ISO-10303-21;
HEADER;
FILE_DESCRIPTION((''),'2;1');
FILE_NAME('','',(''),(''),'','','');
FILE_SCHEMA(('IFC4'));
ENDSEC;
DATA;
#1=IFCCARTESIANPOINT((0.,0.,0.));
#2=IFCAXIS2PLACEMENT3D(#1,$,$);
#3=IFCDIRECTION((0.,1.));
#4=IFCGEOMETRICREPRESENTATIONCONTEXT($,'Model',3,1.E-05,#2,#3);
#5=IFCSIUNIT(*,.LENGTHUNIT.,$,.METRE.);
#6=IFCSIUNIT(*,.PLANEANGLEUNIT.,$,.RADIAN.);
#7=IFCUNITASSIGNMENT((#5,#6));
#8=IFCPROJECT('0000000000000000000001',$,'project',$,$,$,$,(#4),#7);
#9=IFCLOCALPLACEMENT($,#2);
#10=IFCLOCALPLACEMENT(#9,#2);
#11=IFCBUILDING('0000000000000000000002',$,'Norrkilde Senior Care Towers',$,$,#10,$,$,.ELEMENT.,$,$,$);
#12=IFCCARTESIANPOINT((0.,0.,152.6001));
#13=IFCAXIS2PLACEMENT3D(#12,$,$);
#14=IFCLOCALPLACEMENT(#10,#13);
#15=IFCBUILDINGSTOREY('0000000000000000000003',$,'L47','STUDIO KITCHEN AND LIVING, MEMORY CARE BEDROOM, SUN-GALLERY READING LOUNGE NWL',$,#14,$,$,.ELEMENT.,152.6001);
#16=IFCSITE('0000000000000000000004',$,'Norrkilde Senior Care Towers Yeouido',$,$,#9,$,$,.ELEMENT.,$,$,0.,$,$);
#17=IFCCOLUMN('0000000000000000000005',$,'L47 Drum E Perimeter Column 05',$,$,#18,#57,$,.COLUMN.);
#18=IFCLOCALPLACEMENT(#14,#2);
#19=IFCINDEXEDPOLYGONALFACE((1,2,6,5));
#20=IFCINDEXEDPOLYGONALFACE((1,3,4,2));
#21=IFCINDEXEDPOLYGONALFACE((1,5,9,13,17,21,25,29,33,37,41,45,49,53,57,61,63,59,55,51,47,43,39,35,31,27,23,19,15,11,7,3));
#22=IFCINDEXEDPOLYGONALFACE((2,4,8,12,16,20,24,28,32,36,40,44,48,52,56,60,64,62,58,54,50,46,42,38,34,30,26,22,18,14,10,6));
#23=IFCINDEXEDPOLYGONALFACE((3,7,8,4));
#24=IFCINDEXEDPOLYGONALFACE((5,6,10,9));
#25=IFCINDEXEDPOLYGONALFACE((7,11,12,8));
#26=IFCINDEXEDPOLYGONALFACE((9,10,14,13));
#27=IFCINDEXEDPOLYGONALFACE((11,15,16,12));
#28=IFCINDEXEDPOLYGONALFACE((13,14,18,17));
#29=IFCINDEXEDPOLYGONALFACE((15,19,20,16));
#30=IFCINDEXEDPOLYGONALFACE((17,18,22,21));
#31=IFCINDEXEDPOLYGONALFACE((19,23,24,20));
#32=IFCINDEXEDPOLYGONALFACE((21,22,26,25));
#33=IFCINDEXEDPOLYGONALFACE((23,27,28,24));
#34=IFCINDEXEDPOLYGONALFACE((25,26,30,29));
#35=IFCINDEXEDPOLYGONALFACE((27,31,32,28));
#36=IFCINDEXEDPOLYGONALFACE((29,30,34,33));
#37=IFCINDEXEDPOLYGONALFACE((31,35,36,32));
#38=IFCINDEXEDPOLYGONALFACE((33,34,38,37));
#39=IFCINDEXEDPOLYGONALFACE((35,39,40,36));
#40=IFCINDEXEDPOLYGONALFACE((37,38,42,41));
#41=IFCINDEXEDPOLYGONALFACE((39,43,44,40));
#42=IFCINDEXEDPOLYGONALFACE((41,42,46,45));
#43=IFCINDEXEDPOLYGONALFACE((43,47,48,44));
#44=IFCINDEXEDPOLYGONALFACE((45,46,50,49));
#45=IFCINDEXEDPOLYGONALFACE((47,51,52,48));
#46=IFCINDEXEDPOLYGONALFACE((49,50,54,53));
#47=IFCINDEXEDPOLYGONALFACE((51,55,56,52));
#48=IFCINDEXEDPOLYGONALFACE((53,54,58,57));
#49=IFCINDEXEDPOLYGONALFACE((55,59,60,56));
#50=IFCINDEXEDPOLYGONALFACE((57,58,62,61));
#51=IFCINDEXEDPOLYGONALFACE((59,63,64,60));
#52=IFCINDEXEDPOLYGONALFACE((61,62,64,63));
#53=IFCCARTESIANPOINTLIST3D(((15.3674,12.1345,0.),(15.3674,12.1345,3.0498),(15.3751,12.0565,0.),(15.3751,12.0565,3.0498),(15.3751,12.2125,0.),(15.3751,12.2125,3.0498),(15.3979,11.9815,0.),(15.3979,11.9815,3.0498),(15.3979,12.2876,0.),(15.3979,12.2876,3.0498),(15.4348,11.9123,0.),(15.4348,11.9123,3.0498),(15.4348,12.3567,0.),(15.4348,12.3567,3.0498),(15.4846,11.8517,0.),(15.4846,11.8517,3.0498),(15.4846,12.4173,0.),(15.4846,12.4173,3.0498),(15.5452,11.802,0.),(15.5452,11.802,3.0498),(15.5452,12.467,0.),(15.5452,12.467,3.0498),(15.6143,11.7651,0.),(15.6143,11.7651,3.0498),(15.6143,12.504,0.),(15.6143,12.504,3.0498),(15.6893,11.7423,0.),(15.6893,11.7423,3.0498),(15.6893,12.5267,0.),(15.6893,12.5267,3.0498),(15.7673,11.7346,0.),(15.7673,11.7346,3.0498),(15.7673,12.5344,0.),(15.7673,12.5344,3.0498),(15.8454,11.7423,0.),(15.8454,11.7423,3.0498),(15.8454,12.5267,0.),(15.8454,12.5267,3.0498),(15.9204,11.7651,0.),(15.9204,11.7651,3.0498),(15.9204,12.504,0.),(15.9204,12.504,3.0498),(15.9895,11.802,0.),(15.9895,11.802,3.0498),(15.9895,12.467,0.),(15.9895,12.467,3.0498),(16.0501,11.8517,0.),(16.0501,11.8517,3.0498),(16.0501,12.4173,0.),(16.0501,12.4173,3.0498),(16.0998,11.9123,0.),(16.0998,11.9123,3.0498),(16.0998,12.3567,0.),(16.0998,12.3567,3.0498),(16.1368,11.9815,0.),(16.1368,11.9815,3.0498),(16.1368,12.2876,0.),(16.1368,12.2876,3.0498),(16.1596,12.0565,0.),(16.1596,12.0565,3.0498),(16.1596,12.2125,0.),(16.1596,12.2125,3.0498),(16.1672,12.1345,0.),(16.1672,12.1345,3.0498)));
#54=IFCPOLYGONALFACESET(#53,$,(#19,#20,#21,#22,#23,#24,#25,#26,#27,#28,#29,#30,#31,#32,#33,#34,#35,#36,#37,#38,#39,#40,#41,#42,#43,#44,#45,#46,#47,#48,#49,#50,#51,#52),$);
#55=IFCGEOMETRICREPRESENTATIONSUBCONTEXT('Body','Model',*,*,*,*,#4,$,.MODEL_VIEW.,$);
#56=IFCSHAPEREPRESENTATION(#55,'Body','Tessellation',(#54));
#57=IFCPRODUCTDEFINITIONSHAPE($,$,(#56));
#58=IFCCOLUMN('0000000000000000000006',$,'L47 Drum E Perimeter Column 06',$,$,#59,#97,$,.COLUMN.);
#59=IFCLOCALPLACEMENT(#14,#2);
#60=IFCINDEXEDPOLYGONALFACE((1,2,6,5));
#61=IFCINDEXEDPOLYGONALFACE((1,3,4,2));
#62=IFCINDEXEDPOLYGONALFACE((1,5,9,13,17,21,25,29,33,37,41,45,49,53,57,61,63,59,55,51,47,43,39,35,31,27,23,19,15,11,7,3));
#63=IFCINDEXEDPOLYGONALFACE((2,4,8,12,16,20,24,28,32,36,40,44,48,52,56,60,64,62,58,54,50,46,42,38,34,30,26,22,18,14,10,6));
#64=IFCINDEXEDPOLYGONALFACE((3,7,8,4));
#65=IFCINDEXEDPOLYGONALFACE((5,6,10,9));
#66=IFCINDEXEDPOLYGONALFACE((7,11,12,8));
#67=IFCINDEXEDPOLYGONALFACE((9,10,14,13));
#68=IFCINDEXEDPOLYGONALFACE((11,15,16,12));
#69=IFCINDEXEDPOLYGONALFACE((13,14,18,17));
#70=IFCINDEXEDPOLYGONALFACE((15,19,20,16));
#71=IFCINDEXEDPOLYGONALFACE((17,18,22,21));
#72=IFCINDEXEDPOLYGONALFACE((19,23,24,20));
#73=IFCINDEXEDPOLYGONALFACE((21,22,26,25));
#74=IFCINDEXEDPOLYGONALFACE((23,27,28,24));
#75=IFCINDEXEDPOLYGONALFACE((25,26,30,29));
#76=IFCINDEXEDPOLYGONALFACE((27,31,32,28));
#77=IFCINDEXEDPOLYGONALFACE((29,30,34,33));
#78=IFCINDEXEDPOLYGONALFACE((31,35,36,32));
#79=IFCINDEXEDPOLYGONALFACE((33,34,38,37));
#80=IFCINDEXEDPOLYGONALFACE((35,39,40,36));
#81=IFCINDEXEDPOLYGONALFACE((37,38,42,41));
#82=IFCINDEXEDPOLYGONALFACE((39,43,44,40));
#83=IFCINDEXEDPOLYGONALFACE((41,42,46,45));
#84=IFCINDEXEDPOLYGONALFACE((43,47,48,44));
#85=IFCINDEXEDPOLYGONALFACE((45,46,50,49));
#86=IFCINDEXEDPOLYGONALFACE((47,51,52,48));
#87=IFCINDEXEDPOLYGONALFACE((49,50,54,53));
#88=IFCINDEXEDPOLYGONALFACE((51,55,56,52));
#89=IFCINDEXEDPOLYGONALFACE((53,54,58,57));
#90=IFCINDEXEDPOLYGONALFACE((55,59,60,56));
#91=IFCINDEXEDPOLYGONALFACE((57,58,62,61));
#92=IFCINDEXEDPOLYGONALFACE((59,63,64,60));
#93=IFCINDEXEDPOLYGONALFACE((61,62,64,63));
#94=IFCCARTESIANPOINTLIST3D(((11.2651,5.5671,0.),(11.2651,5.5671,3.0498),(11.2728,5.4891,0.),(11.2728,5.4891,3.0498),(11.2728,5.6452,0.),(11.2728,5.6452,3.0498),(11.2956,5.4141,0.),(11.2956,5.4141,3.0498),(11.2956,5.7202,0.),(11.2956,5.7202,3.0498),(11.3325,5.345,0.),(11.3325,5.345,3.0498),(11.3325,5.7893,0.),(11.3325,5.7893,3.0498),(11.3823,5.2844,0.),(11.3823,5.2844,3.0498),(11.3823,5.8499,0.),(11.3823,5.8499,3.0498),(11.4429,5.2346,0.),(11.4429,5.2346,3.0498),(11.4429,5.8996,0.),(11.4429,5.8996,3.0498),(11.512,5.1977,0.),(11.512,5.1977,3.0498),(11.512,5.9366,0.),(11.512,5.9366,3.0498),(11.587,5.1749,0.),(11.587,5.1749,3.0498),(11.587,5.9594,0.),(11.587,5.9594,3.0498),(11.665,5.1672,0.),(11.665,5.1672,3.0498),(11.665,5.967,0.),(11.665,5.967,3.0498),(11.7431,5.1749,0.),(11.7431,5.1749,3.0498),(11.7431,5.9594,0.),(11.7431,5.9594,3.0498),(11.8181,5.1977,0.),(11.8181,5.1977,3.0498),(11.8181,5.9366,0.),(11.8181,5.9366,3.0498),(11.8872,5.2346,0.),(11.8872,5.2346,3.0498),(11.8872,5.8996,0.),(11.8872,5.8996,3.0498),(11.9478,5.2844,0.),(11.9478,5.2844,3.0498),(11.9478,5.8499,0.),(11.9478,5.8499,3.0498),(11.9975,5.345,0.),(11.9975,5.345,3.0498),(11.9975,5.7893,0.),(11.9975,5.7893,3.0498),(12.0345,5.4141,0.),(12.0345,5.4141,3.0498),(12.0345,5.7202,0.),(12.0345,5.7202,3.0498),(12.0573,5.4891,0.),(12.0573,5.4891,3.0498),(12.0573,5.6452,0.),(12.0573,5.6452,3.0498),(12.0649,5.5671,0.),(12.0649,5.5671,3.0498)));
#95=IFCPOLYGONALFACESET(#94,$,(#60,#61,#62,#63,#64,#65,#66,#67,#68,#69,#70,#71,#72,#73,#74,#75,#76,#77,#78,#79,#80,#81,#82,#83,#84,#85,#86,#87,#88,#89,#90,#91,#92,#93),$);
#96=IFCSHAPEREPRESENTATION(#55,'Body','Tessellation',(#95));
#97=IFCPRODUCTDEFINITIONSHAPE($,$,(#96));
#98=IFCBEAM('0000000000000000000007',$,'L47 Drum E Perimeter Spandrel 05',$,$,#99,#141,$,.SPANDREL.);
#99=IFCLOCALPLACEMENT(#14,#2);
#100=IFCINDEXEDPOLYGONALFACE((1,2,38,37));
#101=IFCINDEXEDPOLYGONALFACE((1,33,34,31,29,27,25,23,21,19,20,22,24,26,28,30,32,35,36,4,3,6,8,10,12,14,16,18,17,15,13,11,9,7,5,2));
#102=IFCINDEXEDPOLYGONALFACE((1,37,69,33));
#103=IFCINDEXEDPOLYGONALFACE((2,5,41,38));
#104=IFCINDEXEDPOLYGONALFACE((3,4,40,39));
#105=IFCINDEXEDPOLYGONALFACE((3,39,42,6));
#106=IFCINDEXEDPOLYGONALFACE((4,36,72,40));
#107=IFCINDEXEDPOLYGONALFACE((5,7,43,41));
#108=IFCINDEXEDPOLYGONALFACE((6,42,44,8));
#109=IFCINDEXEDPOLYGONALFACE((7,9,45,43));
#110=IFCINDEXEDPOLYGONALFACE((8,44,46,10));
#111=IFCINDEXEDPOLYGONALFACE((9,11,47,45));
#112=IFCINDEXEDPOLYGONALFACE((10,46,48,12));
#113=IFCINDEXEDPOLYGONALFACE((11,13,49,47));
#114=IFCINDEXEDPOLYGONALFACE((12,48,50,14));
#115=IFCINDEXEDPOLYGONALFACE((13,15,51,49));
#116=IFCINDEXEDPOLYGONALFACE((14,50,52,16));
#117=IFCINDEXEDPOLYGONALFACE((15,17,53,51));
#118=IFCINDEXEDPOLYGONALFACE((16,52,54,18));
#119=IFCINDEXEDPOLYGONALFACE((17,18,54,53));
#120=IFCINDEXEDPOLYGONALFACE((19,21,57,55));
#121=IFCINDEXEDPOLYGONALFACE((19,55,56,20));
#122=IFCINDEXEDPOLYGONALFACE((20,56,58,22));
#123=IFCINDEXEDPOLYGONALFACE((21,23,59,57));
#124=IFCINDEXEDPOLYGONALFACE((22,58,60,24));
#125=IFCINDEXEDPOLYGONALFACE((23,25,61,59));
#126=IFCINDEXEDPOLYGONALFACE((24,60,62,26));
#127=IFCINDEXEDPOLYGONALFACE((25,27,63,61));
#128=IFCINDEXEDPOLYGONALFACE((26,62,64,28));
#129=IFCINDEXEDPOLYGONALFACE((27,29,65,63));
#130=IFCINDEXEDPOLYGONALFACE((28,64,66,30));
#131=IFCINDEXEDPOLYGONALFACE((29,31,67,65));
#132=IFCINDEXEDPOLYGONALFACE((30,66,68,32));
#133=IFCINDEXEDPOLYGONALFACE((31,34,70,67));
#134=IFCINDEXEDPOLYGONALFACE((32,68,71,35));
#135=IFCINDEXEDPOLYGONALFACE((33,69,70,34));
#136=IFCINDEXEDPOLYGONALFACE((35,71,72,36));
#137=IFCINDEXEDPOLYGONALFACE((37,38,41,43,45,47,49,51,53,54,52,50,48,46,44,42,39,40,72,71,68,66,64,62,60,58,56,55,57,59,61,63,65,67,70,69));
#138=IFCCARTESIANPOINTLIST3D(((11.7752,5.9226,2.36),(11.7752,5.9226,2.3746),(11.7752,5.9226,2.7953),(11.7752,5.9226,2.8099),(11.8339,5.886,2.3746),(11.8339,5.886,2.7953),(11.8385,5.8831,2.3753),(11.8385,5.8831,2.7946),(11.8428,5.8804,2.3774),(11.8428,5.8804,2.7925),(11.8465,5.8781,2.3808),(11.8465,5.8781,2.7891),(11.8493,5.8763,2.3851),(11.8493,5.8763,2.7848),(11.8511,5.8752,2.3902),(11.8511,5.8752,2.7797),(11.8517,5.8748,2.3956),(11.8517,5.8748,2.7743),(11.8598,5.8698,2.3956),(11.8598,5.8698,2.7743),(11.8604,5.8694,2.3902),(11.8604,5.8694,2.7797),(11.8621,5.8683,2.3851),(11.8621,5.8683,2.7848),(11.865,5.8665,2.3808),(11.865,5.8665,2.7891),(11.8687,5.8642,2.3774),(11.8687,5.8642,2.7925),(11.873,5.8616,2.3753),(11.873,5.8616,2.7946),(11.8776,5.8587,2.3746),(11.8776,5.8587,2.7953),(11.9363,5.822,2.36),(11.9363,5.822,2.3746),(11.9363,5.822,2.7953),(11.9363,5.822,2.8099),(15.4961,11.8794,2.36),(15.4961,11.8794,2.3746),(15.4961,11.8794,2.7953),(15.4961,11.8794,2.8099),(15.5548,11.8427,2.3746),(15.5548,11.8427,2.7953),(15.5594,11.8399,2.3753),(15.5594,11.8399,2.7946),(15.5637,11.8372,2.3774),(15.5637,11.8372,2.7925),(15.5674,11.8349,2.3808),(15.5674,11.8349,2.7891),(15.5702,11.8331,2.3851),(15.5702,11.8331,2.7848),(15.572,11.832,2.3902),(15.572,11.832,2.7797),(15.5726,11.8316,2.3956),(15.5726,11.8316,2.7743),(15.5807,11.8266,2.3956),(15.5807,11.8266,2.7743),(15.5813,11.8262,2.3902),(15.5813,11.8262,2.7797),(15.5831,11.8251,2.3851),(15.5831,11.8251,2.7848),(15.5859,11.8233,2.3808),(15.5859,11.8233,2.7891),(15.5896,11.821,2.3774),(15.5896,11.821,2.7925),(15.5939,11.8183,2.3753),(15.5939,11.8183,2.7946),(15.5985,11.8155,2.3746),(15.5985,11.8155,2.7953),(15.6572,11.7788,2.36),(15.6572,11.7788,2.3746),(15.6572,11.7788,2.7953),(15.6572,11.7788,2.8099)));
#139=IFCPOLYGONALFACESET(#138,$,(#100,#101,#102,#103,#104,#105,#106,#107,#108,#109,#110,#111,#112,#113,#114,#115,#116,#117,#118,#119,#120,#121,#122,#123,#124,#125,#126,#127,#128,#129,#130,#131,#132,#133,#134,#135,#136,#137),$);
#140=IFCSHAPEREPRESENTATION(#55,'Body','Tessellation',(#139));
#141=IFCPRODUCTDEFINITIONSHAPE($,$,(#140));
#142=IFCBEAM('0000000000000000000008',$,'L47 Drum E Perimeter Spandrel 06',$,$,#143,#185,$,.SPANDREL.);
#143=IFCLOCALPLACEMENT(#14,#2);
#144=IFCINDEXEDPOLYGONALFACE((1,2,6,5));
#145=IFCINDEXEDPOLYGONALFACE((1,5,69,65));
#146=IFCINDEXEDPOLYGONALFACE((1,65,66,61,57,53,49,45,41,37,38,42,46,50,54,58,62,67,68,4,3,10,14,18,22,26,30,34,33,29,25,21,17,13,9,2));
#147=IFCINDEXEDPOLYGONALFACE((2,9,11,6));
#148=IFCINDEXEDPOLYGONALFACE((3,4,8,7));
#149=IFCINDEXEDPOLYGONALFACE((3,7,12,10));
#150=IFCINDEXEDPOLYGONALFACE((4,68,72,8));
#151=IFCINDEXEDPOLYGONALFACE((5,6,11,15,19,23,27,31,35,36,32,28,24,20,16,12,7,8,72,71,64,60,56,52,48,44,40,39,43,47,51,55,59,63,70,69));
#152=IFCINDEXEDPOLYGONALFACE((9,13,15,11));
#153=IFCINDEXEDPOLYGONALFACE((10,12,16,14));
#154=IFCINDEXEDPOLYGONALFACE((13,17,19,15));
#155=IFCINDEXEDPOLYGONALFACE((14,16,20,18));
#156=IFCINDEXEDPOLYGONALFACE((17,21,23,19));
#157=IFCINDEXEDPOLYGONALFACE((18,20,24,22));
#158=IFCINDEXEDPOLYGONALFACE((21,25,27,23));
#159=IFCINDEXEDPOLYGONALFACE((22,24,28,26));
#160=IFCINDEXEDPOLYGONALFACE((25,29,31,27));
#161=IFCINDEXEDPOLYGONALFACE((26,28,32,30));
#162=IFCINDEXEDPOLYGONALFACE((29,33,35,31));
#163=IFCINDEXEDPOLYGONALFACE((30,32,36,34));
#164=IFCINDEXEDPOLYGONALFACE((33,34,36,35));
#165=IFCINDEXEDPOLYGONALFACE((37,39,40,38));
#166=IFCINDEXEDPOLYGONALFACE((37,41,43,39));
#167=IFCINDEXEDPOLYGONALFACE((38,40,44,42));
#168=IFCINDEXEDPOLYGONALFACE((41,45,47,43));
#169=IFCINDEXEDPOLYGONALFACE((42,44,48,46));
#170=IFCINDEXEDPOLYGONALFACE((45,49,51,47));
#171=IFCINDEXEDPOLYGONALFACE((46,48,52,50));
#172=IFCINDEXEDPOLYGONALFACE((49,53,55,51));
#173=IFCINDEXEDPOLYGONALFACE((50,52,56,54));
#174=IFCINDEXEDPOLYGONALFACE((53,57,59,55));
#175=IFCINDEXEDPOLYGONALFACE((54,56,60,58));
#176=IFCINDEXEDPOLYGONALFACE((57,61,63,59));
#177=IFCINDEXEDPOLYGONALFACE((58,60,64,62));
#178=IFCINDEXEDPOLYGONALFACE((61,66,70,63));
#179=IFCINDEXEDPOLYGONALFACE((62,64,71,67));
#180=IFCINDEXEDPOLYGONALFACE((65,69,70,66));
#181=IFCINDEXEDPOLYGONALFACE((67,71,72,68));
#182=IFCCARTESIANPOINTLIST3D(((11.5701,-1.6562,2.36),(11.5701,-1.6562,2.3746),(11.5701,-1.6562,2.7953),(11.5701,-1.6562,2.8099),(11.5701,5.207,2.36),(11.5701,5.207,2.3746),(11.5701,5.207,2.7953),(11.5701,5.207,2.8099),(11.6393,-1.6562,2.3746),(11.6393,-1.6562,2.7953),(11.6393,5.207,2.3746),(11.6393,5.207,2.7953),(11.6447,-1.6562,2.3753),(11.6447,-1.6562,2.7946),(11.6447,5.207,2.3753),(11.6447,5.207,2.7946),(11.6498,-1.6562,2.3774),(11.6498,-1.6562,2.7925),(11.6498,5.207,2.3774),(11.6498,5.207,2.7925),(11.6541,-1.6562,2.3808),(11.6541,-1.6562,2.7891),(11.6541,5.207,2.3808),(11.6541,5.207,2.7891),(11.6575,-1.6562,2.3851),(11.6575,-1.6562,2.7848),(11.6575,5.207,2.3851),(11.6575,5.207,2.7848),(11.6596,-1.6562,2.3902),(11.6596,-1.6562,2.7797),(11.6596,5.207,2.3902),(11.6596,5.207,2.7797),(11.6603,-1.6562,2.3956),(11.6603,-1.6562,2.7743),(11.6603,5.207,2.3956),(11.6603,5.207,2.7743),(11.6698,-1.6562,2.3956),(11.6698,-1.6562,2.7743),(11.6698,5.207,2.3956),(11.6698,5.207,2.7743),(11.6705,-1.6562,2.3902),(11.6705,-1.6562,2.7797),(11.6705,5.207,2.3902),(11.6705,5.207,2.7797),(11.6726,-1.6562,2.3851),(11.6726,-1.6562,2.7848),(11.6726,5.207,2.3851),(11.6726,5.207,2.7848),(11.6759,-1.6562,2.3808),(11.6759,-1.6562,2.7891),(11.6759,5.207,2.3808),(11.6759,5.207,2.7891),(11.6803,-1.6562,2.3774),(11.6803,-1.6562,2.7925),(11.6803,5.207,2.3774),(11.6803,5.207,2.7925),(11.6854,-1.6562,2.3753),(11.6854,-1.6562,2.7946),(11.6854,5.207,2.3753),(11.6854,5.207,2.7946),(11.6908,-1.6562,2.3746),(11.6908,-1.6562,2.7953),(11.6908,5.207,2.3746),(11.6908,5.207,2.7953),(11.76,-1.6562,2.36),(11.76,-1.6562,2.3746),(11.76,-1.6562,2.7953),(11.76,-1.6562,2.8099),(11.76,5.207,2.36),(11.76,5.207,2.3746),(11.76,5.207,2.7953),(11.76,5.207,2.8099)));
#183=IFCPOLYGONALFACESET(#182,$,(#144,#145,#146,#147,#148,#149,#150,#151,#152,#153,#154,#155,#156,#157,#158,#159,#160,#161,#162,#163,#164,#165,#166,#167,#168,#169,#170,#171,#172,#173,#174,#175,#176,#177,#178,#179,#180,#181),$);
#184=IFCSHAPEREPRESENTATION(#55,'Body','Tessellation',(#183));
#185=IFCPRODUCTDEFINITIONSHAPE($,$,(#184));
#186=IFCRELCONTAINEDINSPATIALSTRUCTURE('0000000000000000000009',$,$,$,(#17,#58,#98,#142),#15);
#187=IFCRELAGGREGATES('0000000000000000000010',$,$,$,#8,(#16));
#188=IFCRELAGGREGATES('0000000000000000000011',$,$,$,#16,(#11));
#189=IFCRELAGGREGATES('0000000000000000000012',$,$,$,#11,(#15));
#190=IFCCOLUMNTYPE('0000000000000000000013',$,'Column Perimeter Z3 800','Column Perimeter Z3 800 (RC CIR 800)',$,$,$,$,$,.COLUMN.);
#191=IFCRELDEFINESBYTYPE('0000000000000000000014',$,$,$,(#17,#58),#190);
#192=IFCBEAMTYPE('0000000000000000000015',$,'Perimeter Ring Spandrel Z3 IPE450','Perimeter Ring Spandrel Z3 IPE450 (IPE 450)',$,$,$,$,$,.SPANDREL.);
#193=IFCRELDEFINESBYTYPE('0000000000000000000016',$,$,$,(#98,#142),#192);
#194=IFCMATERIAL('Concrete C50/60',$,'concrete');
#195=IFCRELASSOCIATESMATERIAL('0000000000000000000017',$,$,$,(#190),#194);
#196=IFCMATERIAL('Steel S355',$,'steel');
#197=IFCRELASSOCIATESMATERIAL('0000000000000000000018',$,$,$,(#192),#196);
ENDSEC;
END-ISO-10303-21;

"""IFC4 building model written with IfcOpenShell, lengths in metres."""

from ifc_helpers import new_model, si_unit, direction, frame, origin, origin_2d, place, context, subcontext, project, spatial, circle, i_section, extrude, source, transform, mapped, material, material_profile, profile_set, type_object, type_shapes, element, save


model = new_model("IFC4")

# Units and contexts
model_context = context("Model", 3, precision=1e-05, world=origin(), true_north=direction((0.0, 1.0)))
body_context = subcontext(model_context, "Body", "Model", "MODEL_VIEW")
ifc_project = project(units=[si_unit("LENGTHUNIT", "METRE"), si_unit("PLANEANGLEUNIT", "RADIAN")], contexts=[model_context])

# Site, building, storey
site_placement = place(None, origin())
site = spatial("IfcSite", under=ifc_project, at=site_placement, Name="Norrkilde Senior Care Towers Yeouido", CompositionType="ELEMENT", RefElevation=0.0)
building_placement = place(site_placement, origin())
building = spatial("IfcBuilding", under=site, at=building_placement, Name="Norrkilde Senior Care Towers", CompositionType="ELEMENT")
storey_placement = place(building_placement, frame((0.0, 0.0, 152.6001)))
storey = spatial("IfcBuildingStorey", under=building, at=storey_placement, Name="L47", Description="STUDIO KITCHEN AND LIVING, MEMORY CARE BEDROOM, SUN-GALLERY READING LOUNGE NWL", CompositionType="ELEMENT", Elevation=152.6001)

# Columns
ifc_material_1 = material(Name="Concrete C50/60", Category="concrete")
ifc_material_profile_1 = material_profile(ifc_material_1, circle(Radius=0.3999, at=origin_2d()), Name="RC CIR 800")
ifc_profile_set_1 = profile_set([ifc_material_profile_1], Name="Concrete C50/60")
column_type = type_object("IfcColumnType", Name="Column Perimeter Z3 800", Description="Column Perimeter Z3 800 (RC CIR 800)", PredefinedType="COLUMN", material=ifc_profile_set_1)
shared_shape_1 = source(origin(), body_context, "Body", "SweptSolid", [
    extrude(circle(Radius=0.3999, at=origin_2d()), origin(), (0.0, 0.0, 1.0), 3.0498),
])
type_shapes(column_type, [shared_shape_1])
for number, where, z_axis, x_axis, name in (
    (1, (15.7673, 12.1345, 0.0), (0.0, 0.0, 1.0), (1.0, 0.0, 0.0), "L47 Drum E Perimeter Column 05"),
    (2, (11.665, 5.5671, 0.0), (0.0, 0.0, 1.0), (1.0, 0.0, 0.0), "L47 Drum E Perimeter Column 06"),
):
    element("IfcColumn", number, at=place(storey_placement, frame(where, z_axis=z_axis, x_axis=x_axis)), inside=storey, type_object=column_type, Name=name, PredefinedType="COLUMN", context=body_context, shape_type="MappedRepresentation", body=[
        mapped(shared_shape_1, transform((0.0, 0.0, 0.0), x_axis=(1.0, 0.0, 0.0), y_axis=(0.0, 1.0, 0.0), z_axis=(0.0, 0.0, 1.0), scale=1.0)),
    ])

# Beams
ifc_material_2 = material(Name="Steel S355", Category="steel")
ifc_material_profile_2 = material_profile(ifc_material_2, i_section(OverallWidth=0.1899, OverallDepth=0.45, WebThickness=0.0095, FlangeThickness=0.0146, FilletRadius=0.021, at=origin_2d()), Name="IPE 450")
ifc_profile_set_2 = profile_set([ifc_material_profile_2], Name="Steel S355")
beam_type = type_object("IfcBeamType", Name="Perimeter Ring Spandrel Z3 IPE450", Description="Perimeter Ring Spandrel Z3 IPE450 (IPE 450)", PredefinedType="SPANDREL", material=ifc_profile_set_2)
shared_shape_2 = source(origin(), body_context, "Body", "SweptSolid", [
    extrude(i_section(OverallWidth=0.1899, OverallDepth=0.45, WebThickness=0.0095, FlangeThickness=0.0146, FilletRadius=0.021, at=origin_2d()), origin(), (0.0, 0.0, 1.0), 7.0234),
])
beam_1_placement = place(storey_placement, frame((15.5767, 11.8291, 2.585), z_axis=(-0.52979, -0.848129, 0.0), x_axis=(0.848129, -0.52979, 0.0)))
element("IfcBeam", 3, at=beam_1_placement, inside=storey, type_object=beam_type, Name="L47 Drum E Perimeter Spandrel 05", PredefinedType="SPANDREL", context=body_context, shape_type="MappedRepresentation", body=[
    mapped(shared_shape_2, transform((0.0, 0.0, 0.0), x_axis=(1.0, 0.0, 0.0), y_axis=(0.0, 1.0, 0.0), z_axis=(0.0, 0.0, 1.0), scale=1.0)),
])
shared_shape_3 = source(origin(), body_context, "Body", "SweptSolid", [
    extrude(i_section(OverallWidth=0.1899, OverallDepth=0.45, WebThickness=0.0095, FlangeThickness=0.0146, FilletRadius=0.021, at=origin_2d()), origin(), (0.0, 0.0, 1.0), 6.8633),
])
type_shapes(beam_type, [shared_shape_2, shared_shape_3])
beam_2_placement = place(storey_placement, frame((11.665, 5.207, 2.585), z_axis=(0.0, -1.0, 0.0), x_axis=(1.0, 0.0, 0.0)))
element("IfcBeam", 4, at=beam_2_placement, inside=storey, type_object=beam_type, Name="L47 Drum E Perimeter Spandrel 06", PredefinedType="SPANDREL", context=body_context, shape_type="MappedRepresentation", body=[
    mapped(shared_shape_3, transform((0.0, 0.0, 0.0), x_axis=(1.0, 0.0, 0.0), y_axis=(0.0, 1.0, 0.0), z_axis=(0.0, 0.0, 1.0), scale=1.0)),
])

save(model, "model.ifc")
